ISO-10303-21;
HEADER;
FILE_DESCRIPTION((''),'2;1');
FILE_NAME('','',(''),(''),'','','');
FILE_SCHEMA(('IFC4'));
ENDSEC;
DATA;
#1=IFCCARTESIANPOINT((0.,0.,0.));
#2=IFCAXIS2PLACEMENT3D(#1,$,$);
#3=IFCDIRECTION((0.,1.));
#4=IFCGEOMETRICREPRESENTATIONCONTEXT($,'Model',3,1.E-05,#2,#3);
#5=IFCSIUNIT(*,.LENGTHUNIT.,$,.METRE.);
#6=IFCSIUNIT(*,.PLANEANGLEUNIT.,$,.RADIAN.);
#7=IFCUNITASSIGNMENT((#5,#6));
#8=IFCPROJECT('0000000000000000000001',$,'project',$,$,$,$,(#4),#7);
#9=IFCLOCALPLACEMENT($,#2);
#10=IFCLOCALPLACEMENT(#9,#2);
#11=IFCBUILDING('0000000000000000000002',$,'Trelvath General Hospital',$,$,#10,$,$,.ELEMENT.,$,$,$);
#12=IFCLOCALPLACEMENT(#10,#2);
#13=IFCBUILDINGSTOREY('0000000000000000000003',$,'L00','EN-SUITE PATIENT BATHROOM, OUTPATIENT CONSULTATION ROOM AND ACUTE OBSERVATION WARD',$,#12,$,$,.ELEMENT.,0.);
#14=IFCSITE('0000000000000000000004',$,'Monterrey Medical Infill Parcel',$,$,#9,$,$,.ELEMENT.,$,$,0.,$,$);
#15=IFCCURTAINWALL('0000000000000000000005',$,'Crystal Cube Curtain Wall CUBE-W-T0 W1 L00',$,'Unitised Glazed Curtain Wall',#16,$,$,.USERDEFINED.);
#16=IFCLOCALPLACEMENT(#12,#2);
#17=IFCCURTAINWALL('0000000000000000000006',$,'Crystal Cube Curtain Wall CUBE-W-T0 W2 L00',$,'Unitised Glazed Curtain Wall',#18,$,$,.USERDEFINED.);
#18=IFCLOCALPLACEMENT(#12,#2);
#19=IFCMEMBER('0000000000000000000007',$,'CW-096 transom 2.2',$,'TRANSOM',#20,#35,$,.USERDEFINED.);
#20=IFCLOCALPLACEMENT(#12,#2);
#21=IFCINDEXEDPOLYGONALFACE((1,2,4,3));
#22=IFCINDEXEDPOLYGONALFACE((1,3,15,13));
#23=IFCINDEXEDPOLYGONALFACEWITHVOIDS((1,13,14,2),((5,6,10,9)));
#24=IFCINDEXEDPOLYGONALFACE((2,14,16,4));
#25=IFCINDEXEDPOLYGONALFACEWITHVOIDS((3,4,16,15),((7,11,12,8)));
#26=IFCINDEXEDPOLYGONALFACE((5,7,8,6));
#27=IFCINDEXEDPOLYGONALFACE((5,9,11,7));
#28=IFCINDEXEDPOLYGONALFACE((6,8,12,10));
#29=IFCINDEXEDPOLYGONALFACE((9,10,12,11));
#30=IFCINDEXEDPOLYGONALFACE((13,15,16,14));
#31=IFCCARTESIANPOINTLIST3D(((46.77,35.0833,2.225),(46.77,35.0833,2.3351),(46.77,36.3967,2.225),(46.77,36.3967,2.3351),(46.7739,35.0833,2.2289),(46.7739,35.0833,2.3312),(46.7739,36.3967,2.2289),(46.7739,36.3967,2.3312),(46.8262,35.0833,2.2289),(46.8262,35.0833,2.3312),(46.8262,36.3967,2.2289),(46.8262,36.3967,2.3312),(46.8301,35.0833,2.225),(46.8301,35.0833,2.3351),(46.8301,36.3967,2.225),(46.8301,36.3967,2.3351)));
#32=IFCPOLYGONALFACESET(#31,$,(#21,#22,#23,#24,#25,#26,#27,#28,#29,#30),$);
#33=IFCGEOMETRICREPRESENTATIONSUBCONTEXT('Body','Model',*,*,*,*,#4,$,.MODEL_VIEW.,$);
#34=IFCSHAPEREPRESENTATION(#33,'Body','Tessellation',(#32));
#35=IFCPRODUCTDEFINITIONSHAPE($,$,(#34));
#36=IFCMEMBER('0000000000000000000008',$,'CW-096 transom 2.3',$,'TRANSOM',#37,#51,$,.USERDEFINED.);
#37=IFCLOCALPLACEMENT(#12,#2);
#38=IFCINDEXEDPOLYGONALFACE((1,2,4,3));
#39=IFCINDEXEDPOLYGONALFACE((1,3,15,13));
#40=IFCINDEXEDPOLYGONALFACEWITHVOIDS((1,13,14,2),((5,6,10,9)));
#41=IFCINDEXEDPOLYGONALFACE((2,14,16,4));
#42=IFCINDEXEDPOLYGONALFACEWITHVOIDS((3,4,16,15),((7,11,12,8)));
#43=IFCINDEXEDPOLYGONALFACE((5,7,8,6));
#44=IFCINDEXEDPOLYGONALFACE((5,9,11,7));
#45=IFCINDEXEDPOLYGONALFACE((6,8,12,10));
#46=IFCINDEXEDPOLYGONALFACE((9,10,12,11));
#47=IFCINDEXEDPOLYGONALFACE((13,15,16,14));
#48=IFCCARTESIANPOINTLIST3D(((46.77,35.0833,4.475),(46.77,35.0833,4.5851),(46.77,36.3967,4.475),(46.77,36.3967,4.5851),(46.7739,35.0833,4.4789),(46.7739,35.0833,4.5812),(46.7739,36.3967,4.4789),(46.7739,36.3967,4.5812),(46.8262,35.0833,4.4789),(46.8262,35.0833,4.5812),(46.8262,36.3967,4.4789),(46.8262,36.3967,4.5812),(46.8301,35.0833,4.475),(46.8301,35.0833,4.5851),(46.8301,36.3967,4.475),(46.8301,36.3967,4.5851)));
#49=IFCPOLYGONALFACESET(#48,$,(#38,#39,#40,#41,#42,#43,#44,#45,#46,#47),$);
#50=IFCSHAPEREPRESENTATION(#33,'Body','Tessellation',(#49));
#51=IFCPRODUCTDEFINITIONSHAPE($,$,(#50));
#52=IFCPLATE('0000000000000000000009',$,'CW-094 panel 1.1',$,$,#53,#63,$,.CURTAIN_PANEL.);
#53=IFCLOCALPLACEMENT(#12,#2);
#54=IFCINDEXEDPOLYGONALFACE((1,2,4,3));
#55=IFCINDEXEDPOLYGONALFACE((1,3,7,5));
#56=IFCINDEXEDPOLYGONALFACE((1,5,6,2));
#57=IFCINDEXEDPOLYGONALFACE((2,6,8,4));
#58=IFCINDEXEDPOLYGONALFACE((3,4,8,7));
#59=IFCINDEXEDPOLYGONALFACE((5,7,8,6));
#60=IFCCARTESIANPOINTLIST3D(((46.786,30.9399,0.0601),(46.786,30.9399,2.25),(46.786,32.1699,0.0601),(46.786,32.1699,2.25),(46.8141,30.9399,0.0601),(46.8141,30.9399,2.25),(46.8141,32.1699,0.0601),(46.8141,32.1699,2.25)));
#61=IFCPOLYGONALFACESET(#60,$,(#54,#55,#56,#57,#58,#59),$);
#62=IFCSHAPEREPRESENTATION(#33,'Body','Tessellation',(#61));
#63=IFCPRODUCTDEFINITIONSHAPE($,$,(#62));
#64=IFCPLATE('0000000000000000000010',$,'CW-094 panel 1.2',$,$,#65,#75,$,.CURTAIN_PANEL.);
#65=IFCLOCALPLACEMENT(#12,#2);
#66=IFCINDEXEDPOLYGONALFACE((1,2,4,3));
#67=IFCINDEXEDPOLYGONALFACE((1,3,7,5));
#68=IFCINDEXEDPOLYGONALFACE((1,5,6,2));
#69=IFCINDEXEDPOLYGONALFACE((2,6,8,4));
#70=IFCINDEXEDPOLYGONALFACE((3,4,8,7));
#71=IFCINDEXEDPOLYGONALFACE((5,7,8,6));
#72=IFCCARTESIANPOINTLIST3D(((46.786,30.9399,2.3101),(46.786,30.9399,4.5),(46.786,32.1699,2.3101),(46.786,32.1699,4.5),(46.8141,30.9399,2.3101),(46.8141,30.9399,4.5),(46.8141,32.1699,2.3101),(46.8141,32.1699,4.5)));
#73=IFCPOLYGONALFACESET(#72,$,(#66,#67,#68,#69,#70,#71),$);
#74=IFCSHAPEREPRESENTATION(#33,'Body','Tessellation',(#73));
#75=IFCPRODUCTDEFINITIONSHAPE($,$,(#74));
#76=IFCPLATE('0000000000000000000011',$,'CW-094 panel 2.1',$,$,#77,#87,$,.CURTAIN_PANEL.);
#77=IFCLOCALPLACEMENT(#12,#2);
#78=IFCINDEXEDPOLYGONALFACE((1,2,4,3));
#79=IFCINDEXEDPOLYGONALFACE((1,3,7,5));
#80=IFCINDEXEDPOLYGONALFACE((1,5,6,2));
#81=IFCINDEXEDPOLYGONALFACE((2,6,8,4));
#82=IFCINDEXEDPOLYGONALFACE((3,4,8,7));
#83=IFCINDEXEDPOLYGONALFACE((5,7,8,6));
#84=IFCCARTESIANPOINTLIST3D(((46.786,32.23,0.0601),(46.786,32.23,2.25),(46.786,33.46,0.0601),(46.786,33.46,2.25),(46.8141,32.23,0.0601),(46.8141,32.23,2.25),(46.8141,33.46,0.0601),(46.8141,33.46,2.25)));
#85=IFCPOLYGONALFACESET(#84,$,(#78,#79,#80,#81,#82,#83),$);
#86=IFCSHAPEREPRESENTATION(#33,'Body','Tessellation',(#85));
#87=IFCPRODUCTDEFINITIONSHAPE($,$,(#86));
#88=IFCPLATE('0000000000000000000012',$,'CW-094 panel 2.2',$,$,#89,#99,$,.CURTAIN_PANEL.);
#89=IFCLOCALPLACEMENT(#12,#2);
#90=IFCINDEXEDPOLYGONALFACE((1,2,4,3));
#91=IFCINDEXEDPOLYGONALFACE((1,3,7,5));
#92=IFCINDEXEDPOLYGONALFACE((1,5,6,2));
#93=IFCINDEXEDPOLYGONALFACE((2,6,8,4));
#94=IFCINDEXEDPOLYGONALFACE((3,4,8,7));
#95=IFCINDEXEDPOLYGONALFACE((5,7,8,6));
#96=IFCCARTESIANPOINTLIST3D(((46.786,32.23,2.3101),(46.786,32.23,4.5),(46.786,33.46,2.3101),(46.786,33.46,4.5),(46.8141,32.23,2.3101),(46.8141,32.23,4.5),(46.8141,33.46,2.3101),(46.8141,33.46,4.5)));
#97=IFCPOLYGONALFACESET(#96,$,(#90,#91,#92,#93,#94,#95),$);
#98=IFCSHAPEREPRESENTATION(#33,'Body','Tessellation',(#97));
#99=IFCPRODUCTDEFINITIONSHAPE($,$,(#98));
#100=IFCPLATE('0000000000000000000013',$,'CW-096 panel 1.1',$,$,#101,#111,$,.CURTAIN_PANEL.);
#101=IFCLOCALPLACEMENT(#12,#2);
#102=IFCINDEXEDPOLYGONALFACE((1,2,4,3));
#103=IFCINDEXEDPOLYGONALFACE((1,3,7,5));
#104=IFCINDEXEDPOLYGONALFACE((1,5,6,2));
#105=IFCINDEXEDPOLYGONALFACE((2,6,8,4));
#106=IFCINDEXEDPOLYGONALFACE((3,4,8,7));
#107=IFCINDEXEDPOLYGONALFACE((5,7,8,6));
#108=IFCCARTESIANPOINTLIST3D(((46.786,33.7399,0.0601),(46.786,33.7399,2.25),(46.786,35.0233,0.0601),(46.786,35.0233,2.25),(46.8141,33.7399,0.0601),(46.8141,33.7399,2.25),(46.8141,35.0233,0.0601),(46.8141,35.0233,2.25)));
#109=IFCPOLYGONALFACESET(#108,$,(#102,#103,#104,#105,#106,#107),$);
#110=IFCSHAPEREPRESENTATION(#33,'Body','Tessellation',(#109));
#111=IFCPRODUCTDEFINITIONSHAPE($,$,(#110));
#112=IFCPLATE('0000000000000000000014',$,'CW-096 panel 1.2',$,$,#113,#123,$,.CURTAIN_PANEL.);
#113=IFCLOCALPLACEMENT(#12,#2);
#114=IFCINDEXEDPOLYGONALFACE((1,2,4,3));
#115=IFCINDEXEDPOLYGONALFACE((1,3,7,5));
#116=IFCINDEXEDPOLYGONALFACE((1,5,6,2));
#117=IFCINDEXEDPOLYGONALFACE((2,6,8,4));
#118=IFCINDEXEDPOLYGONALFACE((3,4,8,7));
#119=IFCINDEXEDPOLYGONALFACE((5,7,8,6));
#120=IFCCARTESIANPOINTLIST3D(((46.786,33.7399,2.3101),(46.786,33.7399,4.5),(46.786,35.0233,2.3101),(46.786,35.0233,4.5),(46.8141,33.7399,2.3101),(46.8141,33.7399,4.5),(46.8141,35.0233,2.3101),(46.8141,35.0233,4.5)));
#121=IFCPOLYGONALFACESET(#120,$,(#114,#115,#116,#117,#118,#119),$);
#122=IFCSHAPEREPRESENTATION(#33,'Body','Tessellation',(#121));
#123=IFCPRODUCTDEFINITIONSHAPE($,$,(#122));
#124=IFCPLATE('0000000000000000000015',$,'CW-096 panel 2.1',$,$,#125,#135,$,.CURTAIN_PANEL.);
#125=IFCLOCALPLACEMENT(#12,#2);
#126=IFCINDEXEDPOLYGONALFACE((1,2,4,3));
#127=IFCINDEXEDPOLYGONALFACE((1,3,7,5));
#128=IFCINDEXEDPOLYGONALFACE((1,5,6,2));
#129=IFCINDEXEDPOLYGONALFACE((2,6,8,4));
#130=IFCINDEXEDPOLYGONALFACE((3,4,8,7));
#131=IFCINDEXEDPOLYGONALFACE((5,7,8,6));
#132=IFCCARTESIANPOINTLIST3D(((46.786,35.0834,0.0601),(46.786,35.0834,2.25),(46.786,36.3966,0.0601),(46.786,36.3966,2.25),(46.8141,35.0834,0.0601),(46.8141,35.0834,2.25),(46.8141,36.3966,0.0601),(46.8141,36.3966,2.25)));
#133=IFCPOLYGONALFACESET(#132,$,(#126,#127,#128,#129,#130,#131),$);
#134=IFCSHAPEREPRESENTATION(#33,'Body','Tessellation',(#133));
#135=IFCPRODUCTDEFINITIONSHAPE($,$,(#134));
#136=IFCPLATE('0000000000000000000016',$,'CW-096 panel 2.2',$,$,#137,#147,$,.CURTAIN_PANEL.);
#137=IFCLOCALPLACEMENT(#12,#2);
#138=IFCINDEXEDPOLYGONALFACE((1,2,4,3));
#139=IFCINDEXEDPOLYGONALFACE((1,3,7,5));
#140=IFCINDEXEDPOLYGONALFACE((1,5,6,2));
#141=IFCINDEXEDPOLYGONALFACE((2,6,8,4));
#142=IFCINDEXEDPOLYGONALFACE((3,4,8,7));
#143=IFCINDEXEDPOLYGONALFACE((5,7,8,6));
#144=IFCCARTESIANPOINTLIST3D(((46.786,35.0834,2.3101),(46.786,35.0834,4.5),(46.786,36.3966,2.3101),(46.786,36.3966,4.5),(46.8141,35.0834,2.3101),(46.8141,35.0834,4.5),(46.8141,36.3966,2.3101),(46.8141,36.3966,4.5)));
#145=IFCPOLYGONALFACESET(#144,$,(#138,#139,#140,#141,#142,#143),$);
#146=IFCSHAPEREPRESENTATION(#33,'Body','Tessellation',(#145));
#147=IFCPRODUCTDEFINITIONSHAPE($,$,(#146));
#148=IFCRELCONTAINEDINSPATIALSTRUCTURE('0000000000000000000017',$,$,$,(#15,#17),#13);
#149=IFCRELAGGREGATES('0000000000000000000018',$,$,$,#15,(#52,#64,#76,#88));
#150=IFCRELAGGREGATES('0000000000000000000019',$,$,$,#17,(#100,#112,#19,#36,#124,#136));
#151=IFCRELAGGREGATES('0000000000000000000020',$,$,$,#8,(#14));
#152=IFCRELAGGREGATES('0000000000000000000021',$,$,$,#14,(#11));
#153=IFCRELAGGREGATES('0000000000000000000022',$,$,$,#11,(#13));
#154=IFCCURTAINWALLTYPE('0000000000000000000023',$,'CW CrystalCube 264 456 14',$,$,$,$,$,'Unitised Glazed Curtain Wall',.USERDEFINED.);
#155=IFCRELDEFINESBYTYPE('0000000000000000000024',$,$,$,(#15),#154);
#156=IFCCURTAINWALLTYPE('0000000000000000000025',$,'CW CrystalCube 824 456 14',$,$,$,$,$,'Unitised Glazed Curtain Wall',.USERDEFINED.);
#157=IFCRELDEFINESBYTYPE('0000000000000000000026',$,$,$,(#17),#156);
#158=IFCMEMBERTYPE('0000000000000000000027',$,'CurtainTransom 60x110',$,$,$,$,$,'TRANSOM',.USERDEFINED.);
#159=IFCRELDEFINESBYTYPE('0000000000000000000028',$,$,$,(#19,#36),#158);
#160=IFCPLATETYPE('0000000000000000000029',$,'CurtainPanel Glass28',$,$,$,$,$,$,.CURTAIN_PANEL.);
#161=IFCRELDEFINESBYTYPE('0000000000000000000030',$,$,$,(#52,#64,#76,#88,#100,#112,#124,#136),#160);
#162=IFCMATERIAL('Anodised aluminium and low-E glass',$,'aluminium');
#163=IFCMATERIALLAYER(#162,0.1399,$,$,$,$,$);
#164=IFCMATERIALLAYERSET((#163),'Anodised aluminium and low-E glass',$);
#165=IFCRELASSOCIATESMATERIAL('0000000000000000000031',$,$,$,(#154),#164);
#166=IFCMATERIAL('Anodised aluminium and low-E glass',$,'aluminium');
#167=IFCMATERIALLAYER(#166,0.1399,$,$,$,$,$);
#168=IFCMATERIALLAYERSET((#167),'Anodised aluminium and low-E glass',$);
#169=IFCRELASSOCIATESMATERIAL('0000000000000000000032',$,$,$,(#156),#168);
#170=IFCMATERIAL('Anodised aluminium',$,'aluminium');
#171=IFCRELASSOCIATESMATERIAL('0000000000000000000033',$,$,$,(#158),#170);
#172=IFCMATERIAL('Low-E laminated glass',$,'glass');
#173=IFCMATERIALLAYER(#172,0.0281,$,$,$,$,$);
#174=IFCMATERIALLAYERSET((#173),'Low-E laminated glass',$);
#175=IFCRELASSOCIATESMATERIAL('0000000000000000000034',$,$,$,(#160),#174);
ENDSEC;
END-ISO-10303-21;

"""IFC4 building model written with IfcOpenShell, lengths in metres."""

from ifc_helpers import new_model, si_unit, direction, frame, origin, origin_2d, place, context, subcontext, project, spatial, rectangle, hollow_rectangle, extrude, material, layer, layer_set, material_profile, profile_set, type_object, element, aggregate, save


model = new_model("IFC4")

# Units and contexts
model_context = context("Model", 3, precision=1e-05, world=origin(), true_north=direction((0.0, 1.0)))
body_context = subcontext(model_context, "Body", "Model", "MODEL_VIEW")
ifc_project = project(units=[si_unit("LENGTHUNIT", "METRE"), si_unit("PLANEANGLEUNIT", "RADIAN")], contexts=[model_context])

# Site, building, storey
site_placement = place(None, origin())
site = spatial("IfcSite", under=ifc_project, at=site_placement, Name="Monterrey Medical Infill Parcel", CompositionType="ELEMENT", RefElevation=0.0)
building_placement = place(site_placement, origin())
building = spatial("IfcBuilding", under=site, at=building_placement, Name="Trelvath General Hospital", CompositionType="ELEMENT")
storey_placement = place(building_placement, origin())
storey = spatial("IfcBuildingStorey", under=building, at=storey_placement, Name="L00", Description="EN-SUITE PATIENT BATHROOM, OUTPATIENT CONSULTATION ROOM AND ACUTE OBSERVATION WARD", CompositionType="ELEMENT", Elevation=0.0)

# Curtain walls
ifc_material_1 = material(Name="Anodised aluminium and low-E glass", Category="aluminium")
ifc_layer_1 = layer(ifc_material_1, 0.1399)
ifc_layer_set_1 = layer_set([ifc_layer_1], Name="Anodised aluminium and low-E glass")
curtain_wall_type_1 = type_object("IfcCurtainWallType", Name="CW CrystalCube 264 456 14", ElementType="Unitised Glazed Curtain Wall", PredefinedType="USERDEFINED", material=ifc_layer_set_1)
curtain_wall_1_placement = place(storey_placement, origin())
curtain_wall_1 = element("IfcCurtainWall", 1, at=curtain_wall_1_placement, inside=storey, type_object=curtain_wall_type_1, Name="Crystal Cube Curtain Wall CUBE-W-T0 W1 L00", ObjectType="Unitised Glazed Curtain Wall", PredefinedType="USERDEFINED")
ifc_material_2 = material(Name="Anodised aluminium and low-E glass", Category="aluminium")
ifc_layer_2 = layer(ifc_material_2, 0.1399)
ifc_layer_set_2 = layer_set([ifc_layer_2], Name="Anodised aluminium and low-E glass")
curtain_wall_type_2 = type_object("IfcCurtainWallType", Name="CW CrystalCube 824 456 14", ElementType="Unitised Glazed Curtain Wall", PredefinedType="USERDEFINED", material=ifc_layer_set_2)
curtain_wall_2_placement = place(storey_placement, origin())
curtain_wall_2 = element("IfcCurtainWall", 2, at=curtain_wall_2_placement, inside=storey, type_object=curtain_wall_type_2, Name="Crystal Cube Curtain Wall CUBE-W-T0 W2 L00", ObjectType="Unitised Glazed Curtain Wall", PredefinedType="USERDEFINED")

# Members
ifc_material_3 = material(Name="Anodised aluminium", Category="aluminium")
ifc_material_profile_1 = material_profile(ifc_material_3, hollow_rectangle(XDim=0.0601, YDim=0.1101, WallThickness=0.0039, at=origin_2d()), Name="RHS60x110x4")
ifc_profile_set_1 = profile_set([ifc_material_profile_1], Name="Anodised aluminium")
member_type_1 = type_object("IfcMemberType", Name="CurtainTransom 60x110", ElementType="TRANSOM", PredefinedType="USERDEFINED", material=ifc_profile_set_1)
member_1_placement = place(storey_placement, frame((46.8, 35.0833, 2.28), z_axis=(0.0, 1.0, 0.0), x_axis=(-1.0, 0.0, 0.0)))
member_1 = element("IfcMember", 3, at=member_1_placement, type_object=member_type_1, Name="CW-096 transom 2.2", ObjectType="TRANSOM", PredefinedType="USERDEFINED", context=body_context, shape_type="SweptSolid", body=[
    extrude(hollow_rectangle(XDim=0.0601, YDim=0.1101, WallThickness=0.0039, at=origin_2d()), origin(), (0.0, 0.0, 1.0), 1.3135),
])
member_2_placement = place(storey_placement, frame((46.8, 35.0833, 4.53), z_axis=(0.0, 1.0, 0.0), x_axis=(-1.0, 0.0, 0.0)))
member_2 = element("IfcMember", 4, at=member_2_placement, type_object=member_type_1, Name="CW-096 transom 2.3", ObjectType="TRANSOM", PredefinedType="USERDEFINED", context=body_context, shape_type="SweptSolid", body=[
    extrude(hollow_rectangle(XDim=0.0601, YDim=0.1101, WallThickness=0.0039, at=origin_2d()), origin(), (0.0, 0.0, 1.0), 1.3135),
])

# Plates
ifc_material_4 = material(Name="Low-E laminated glass", Category="glass")
ifc_layer_3 = layer(ifc_material_4, 0.0281)
ifc_layer_set_3 = layer_set([ifc_layer_3], Name="Low-E laminated glass")
plate_type = type_object("IfcPlateType", Name="CurtainPanel Glass28", PredefinedType="CURTAIN_PANEL", material=ifc_layer_set_3)
plate_1_placement = place(storey_placement, frame((46.8, 31.5549, 0.0601), z_axis=(0.0, 0.0, 1.0), x_axis=(0.0, 1.0, 0.0)))
plate_1 = element("IfcPlate", 5, at=plate_1_placement, type_object=plate_type, Name="CW-094 panel 1.1", PredefinedType="CURTAIN_PANEL", context=body_context, shape_type="SweptSolid", body=[
    extrude(rectangle(XDim=1.23, YDim=0.0281, at=origin_2d()), origin(), (0.0, 0.0, 1.0), 2.1899),
])
plate_2_placement = place(storey_placement, frame((46.8, 31.5549, 2.3101), z_axis=(0.0, 0.0, 1.0), x_axis=(0.0, 1.0, 0.0)))
plate_2 = element("IfcPlate", 6, at=plate_2_placement, type_object=plate_type, Name="CW-094 panel 1.2", PredefinedType="CURTAIN_PANEL", context=body_context, shape_type="SweptSolid", body=[
    extrude(rectangle(XDim=1.23, YDim=0.0281, at=origin_2d()), origin(), (0.0, 0.0, 1.0), 2.1899),
])
plate_3_placement = place(storey_placement, frame((46.8, 32.845, 0.0601), z_axis=(0.0, 0.0, 1.0), x_axis=(0.0, 1.0, 0.0)))
plate_3 = element("IfcPlate", 7, at=plate_3_placement, type_object=plate_type, Name="CW-094 panel 2.1", PredefinedType="CURTAIN_PANEL", context=body_context, shape_type="SweptSolid", body=[
    extrude(rectangle(XDim=1.23, YDim=0.0281, at=origin_2d()), origin(), (0.0, 0.0, 1.0), 2.1899),
])
plate_4_placement = place(storey_placement, frame((46.8, 32.845, 2.3101), z_axis=(0.0, 0.0, 1.0), x_axis=(0.0, 1.0, 0.0)))
plate_4 = element("IfcPlate", 8, at=plate_4_placement, type_object=plate_type, Name="CW-094 panel 2.2", PredefinedType="CURTAIN_PANEL", context=body_context, shape_type="SweptSolid", body=[
    extrude(rectangle(XDim=1.23, YDim=0.0281, at=origin_2d()), origin(), (0.0, 0.0, 1.0), 2.1899),
])
aggregate(curtain_wall_1, [plate_1, plate_2, plate_3, plate_4])
plate_5_placement = place(storey_placement, frame((46.8, 34.3816, 0.0601), z_axis=(0.0, 0.0, 1.0), x_axis=(0.0, 1.0, 0.0)))
plate_5 = element("IfcPlate", 9, at=plate_5_placement, type_object=plate_type, Name="CW-096 panel 1.1", PredefinedType="CURTAIN_PANEL", context=body_context, shape_type="SweptSolid", body=[
    extrude(rectangle(XDim=1.2834, YDim=0.0281, at=origin_2d()), origin(), (0.0, 0.0, 1.0), 2.1899),
])
plate_6_placement = place(storey_placement, frame((46.8, 34.3816, 2.3101), z_axis=(0.0, 0.0, 1.0), x_axis=(0.0, 1.0, 0.0)))
plate_6 = element("IfcPlate", 10, at=plate_6_placement, type_object=plate_type, Name="CW-096 panel 1.2", PredefinedType="CURTAIN_PANEL", context=body_context, shape_type="SweptSolid", body=[
    extrude(rectangle(XDim=1.2834, YDim=0.0281, at=origin_2d()), origin(), (0.0, 0.0, 1.0), 2.1899),
])
plate_7_placement = place(storey_placement, frame((46.8, 35.74, 0.0601), z_axis=(0.0, 0.0, 1.0), x_axis=(0.0, 1.0, 0.0)))
plate_7 = element("IfcPlate", 11, at=plate_7_placement, type_object=plate_type, Name="CW-096 panel 2.1", PredefinedType="CURTAIN_PANEL", context=body_context, shape_type="SweptSolid", body=[
    extrude(rectangle(XDim=1.3132, YDim=0.0281, at=origin_2d()), origin(), (0.0, 0.0, 1.0), 2.1899),
])
plate_8_placement = place(storey_placement, frame((46.8, 35.74, 2.3101), z_axis=(0.0, 0.0, 1.0), x_axis=(0.0, 1.0, 0.0)))
plate_8 = element("IfcPlate", 12, at=plate_8_placement, type_object=plate_type, Name="CW-096 panel 2.2", PredefinedType="CURTAIN_PANEL", context=body_context, shape_type="SweptSolid", body=[
    extrude(rectangle(XDim=1.3132, YDim=0.0281, at=origin_2d()), origin(), (0.0, 0.0, 1.0), 2.1899),
])
aggregate(curtain_wall_2, [plate_5, plate_6, member_1, member_2, plate_7, plate_8])

save(model, "model.ifc")
